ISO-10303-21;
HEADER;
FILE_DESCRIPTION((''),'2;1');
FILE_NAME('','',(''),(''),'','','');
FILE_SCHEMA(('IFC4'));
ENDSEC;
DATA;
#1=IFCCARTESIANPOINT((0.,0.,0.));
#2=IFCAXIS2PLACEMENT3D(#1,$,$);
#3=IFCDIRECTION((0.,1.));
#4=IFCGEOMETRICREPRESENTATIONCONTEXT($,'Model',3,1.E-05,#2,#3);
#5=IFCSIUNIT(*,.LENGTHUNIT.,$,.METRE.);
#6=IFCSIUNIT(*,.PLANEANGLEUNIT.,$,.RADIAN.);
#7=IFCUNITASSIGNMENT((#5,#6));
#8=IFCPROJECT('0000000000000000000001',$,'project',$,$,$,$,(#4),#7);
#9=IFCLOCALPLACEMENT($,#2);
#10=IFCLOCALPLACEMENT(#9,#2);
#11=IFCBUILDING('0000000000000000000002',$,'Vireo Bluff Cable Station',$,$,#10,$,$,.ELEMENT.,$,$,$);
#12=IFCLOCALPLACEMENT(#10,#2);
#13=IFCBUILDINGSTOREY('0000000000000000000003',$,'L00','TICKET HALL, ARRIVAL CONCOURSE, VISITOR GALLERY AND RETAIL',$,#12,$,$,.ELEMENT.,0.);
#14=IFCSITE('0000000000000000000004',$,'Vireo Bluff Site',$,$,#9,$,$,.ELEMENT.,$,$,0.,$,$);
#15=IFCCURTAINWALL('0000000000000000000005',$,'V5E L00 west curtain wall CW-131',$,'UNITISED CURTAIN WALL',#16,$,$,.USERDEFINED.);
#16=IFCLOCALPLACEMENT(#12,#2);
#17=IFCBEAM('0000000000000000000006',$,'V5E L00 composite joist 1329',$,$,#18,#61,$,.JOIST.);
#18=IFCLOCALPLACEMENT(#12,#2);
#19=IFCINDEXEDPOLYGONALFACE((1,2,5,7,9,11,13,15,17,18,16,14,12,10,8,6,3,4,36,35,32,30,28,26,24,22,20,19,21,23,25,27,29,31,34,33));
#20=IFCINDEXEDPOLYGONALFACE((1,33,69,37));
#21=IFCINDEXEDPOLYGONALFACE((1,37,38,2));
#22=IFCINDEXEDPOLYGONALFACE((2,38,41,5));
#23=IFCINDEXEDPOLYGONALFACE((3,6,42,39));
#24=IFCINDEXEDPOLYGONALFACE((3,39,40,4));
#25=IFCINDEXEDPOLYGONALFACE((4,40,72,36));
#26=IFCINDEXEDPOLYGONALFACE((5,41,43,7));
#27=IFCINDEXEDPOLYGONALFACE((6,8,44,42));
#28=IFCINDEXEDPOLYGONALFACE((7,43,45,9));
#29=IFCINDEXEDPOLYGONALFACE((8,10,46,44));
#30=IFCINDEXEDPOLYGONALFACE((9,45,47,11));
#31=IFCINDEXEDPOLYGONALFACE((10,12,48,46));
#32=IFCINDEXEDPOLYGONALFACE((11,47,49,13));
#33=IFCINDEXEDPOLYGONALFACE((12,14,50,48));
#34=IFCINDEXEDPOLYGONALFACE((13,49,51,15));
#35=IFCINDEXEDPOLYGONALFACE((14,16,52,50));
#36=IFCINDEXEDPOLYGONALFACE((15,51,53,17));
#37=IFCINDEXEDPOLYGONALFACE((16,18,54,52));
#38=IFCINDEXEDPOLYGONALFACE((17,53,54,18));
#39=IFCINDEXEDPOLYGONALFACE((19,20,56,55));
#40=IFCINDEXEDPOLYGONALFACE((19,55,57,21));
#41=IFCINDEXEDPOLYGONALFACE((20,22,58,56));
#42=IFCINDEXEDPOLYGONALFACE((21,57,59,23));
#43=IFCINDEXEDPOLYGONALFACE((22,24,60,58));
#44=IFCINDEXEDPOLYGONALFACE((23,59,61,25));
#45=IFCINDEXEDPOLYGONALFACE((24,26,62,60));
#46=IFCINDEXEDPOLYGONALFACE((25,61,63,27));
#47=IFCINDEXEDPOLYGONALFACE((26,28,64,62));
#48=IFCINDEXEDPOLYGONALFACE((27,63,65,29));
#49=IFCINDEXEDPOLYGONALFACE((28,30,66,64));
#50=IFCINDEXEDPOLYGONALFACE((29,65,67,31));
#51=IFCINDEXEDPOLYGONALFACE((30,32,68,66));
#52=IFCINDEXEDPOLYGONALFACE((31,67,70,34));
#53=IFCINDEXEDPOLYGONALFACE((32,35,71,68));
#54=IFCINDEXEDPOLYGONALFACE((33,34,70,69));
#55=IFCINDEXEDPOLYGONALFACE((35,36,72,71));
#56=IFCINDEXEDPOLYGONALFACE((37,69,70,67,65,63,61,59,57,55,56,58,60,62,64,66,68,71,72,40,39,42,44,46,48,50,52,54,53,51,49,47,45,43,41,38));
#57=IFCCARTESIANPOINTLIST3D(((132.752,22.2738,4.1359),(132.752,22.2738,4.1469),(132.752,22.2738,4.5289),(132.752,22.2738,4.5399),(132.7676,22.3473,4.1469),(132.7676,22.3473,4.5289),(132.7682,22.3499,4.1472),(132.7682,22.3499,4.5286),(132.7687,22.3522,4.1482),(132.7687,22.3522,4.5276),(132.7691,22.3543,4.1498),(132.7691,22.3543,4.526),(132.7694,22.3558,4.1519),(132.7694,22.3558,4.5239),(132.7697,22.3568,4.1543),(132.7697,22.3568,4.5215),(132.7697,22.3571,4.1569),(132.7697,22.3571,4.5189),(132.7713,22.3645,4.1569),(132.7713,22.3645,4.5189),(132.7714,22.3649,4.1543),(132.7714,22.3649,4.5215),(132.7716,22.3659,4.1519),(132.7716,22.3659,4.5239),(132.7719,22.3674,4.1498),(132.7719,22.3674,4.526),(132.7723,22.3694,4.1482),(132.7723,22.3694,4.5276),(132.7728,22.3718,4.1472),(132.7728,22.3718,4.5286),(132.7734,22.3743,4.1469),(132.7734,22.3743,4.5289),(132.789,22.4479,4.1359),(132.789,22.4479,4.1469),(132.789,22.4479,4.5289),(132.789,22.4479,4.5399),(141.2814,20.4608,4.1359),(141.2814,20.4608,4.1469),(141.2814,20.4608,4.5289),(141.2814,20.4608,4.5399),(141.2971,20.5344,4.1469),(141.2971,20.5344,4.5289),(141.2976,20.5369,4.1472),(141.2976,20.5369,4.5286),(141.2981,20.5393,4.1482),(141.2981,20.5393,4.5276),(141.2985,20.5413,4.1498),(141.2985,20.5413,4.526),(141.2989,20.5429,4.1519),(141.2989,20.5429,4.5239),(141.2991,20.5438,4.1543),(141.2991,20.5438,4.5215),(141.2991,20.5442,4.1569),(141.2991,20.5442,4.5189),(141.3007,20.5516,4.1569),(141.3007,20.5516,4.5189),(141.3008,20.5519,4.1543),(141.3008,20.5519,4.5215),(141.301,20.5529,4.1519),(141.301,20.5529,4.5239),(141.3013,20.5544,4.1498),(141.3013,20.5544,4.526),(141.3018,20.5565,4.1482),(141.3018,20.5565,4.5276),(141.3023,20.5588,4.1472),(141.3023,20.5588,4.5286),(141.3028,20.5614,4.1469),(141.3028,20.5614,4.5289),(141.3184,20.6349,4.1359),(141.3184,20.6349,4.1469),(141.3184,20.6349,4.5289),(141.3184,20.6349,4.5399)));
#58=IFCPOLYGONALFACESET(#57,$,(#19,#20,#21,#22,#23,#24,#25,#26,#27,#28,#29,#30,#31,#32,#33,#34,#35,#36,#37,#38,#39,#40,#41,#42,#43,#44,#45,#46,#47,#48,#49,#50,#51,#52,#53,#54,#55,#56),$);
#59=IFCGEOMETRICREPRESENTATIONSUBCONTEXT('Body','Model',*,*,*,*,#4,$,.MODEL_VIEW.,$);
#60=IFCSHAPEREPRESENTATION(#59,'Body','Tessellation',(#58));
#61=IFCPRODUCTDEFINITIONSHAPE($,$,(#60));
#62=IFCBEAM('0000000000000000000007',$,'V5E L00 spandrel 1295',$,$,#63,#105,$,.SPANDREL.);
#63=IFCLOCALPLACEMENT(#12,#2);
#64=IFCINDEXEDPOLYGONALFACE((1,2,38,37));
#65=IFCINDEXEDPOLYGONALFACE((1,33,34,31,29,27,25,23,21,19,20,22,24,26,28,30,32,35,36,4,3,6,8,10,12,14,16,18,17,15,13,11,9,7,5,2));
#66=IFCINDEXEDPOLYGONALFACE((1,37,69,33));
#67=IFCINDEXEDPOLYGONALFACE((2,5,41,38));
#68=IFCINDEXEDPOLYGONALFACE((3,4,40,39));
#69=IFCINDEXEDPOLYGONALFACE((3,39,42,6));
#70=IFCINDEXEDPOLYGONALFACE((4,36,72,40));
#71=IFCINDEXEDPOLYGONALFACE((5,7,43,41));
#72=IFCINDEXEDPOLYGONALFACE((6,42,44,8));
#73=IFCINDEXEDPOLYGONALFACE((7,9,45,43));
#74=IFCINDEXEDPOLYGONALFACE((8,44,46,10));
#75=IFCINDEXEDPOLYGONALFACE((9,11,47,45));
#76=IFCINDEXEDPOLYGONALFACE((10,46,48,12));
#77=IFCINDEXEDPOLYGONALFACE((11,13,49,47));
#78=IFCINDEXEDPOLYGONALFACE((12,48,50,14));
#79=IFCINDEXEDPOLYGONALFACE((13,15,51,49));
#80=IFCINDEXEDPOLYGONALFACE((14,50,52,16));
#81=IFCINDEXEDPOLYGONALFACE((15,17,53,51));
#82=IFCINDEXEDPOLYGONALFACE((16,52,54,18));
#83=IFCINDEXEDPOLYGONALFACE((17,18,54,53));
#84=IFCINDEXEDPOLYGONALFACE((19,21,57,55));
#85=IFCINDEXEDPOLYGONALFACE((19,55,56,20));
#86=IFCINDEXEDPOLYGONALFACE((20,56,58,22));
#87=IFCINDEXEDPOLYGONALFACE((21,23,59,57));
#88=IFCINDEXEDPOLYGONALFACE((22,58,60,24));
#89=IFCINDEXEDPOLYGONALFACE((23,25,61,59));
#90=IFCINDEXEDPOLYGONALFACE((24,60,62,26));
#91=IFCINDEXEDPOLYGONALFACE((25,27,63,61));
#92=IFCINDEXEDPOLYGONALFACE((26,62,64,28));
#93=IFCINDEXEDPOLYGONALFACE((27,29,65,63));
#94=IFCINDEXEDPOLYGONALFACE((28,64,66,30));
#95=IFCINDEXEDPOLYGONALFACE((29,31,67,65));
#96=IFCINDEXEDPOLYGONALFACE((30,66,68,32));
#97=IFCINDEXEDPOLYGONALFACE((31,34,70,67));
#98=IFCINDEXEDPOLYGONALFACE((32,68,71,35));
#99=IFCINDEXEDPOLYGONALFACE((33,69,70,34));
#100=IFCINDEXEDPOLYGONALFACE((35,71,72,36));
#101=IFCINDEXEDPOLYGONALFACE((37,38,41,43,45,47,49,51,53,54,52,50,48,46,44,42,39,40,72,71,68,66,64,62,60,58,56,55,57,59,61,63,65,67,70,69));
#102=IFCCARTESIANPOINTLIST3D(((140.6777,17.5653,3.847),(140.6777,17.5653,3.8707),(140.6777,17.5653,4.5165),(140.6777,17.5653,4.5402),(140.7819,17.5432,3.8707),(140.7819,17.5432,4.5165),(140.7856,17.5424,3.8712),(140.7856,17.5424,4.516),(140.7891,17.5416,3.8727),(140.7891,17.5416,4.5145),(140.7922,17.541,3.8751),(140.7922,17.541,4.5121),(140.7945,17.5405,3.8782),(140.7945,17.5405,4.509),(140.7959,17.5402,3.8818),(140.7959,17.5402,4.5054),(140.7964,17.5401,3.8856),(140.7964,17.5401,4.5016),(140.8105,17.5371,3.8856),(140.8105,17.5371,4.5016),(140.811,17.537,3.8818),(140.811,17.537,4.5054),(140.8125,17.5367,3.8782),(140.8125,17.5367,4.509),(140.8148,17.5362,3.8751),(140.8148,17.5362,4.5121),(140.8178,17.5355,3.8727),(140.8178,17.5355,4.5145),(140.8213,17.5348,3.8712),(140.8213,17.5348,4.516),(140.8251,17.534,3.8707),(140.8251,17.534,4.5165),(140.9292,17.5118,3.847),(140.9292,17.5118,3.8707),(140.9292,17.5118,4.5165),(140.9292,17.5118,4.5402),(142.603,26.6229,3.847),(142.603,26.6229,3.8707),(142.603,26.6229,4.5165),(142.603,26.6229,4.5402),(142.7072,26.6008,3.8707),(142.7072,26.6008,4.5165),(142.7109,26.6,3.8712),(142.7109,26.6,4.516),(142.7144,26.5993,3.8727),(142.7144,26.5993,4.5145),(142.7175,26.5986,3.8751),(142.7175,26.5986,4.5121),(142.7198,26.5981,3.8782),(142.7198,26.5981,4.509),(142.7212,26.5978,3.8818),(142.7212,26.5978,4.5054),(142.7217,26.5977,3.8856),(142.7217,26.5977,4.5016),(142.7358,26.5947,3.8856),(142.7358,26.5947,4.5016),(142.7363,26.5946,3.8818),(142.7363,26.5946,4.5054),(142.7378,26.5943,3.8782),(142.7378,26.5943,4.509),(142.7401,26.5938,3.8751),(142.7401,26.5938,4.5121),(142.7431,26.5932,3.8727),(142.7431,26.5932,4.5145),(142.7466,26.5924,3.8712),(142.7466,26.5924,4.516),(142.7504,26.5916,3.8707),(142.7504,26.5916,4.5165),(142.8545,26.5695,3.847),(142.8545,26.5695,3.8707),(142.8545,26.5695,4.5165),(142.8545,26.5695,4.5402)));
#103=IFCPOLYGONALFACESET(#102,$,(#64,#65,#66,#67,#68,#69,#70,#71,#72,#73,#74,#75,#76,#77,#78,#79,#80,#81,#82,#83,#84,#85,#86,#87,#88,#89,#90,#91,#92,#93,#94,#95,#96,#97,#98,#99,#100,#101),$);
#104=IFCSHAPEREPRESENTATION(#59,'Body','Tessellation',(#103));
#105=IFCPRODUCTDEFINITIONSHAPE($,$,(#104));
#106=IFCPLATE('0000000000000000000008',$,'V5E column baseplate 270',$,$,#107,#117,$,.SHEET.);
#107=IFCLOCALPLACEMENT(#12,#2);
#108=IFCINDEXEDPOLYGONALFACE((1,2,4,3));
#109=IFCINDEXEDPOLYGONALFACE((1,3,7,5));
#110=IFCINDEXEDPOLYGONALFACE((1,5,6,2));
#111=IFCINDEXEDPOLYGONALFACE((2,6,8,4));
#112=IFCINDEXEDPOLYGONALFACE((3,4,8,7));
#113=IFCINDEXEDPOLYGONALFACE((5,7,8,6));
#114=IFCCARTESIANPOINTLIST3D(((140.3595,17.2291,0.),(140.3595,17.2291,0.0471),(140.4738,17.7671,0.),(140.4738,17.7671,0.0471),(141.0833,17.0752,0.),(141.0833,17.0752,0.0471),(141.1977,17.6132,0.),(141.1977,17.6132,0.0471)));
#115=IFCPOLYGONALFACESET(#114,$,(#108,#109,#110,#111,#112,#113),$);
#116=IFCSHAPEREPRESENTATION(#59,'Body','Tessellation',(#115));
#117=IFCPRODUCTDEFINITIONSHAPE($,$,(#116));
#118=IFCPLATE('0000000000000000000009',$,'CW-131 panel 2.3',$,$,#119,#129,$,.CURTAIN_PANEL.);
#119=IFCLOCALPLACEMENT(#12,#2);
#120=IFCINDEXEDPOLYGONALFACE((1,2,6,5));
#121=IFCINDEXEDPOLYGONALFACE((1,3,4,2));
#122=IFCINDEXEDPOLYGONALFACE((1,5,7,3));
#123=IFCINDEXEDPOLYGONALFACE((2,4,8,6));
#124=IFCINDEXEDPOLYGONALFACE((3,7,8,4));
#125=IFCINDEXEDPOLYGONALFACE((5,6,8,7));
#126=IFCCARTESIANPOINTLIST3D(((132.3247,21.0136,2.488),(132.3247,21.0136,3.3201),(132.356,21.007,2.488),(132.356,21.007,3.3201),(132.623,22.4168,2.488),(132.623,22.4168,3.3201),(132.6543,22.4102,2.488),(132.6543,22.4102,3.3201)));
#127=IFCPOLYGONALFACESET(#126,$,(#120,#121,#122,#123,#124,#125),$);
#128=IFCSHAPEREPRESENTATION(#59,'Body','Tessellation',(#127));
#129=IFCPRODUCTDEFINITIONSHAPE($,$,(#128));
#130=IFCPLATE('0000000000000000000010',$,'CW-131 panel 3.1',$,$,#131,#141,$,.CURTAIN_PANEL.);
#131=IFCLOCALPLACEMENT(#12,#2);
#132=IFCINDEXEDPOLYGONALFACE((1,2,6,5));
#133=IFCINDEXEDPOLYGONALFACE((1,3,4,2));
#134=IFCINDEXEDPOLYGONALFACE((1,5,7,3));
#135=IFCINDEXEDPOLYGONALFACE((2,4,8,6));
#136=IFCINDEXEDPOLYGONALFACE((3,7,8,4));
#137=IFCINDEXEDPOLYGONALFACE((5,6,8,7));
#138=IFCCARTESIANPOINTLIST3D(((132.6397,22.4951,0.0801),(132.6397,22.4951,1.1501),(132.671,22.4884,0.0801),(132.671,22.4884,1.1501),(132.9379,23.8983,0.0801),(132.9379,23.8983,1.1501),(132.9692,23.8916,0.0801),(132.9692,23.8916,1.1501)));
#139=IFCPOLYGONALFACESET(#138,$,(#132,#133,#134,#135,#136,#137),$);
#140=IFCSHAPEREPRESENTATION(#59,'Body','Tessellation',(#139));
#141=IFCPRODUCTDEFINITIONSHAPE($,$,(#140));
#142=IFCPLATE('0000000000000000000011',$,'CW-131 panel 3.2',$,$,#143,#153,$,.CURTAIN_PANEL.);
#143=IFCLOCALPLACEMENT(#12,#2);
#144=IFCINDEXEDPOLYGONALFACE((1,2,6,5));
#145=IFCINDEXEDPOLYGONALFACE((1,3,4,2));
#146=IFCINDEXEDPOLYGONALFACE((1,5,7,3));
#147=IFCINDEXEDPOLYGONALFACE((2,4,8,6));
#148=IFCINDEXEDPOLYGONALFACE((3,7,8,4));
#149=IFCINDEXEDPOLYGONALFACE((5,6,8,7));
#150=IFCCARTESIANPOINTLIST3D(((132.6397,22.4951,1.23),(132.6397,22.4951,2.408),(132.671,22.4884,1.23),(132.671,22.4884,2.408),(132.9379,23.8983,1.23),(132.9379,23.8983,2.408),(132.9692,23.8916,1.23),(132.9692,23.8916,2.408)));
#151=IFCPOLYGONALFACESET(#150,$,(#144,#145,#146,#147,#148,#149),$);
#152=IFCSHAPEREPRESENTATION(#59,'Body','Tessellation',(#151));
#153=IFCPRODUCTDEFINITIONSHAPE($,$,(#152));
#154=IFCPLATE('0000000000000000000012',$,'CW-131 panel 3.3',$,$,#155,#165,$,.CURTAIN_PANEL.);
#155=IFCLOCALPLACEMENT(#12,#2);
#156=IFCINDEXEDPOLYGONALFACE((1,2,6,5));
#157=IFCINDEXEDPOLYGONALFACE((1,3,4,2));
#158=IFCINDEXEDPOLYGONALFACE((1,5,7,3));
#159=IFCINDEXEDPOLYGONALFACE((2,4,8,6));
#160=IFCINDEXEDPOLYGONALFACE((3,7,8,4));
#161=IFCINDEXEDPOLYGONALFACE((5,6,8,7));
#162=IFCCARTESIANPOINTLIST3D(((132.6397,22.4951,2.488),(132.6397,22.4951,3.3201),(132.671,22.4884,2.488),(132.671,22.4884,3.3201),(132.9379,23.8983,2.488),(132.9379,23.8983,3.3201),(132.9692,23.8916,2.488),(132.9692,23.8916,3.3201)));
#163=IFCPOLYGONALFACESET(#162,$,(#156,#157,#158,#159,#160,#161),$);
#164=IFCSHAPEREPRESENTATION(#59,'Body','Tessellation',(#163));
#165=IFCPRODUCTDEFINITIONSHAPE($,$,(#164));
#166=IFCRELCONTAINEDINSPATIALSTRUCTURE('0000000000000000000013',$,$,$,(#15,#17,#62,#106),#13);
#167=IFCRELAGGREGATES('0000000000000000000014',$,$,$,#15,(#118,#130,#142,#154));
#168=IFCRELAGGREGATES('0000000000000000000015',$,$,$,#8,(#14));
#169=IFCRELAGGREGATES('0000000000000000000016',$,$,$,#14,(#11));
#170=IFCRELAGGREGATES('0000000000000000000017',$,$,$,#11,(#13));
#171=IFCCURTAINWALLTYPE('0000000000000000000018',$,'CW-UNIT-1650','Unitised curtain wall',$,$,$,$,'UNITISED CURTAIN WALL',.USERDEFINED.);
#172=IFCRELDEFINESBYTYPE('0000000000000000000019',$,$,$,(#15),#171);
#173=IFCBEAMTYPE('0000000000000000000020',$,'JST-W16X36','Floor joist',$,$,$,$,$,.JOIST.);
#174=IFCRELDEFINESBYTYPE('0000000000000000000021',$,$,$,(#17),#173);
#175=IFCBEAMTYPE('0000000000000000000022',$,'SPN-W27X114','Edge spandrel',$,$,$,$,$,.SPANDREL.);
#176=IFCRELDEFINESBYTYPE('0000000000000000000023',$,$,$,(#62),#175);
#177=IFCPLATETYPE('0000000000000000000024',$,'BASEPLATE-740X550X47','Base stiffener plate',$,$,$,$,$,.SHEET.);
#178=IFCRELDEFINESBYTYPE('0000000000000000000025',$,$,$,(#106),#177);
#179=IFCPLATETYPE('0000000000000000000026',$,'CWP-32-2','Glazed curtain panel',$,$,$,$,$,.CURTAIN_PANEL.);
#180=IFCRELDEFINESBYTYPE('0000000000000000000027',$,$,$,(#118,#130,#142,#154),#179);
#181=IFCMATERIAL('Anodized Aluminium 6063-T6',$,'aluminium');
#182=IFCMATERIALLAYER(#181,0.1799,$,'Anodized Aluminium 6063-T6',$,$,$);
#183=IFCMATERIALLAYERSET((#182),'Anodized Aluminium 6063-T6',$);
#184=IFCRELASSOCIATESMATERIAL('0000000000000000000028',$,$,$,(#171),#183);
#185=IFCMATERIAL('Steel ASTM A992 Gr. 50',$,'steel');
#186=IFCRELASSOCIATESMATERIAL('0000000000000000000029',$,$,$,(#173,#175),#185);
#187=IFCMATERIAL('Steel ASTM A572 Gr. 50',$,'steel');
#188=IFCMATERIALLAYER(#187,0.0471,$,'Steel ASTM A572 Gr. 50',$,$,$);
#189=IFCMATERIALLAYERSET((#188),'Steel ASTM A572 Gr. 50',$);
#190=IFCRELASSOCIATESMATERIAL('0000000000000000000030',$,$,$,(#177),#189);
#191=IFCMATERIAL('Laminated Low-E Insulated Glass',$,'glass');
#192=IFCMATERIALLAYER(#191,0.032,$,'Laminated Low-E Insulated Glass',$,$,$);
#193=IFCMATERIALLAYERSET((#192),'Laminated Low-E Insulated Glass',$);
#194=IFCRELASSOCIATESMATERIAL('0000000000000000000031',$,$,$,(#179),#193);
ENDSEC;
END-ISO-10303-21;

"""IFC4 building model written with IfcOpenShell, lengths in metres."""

from ifc_helpers import new_model, si_unit, direction, frame, origin, origin_2d, place, context, subcontext, project, spatial, rectangle, i_section, extrude, material, layer, layer_set, material_profile, profile_set, type_object, element, aggregate, save


model = new_model("IFC4")

# Units and contexts
model_context = context("Model", 3, precision=1e-05, world=origin(), true_north=direction((0.0, 1.0)))
body_context = subcontext(model_context, "Body", "Model", "MODEL_VIEW")
ifc_project = project(units=[si_unit("LENGTHUNIT", "METRE"), si_unit("PLANEANGLEUNIT", "RADIAN")], contexts=[model_context])

# Site, building, storey
site_placement = place(None, origin())
site = spatial("IfcSite", under=ifc_project, at=site_placement, Name="Vireo Bluff Site", CompositionType="ELEMENT", RefElevation=0.0)
building_placement = place(site_placement, origin())
building = spatial("IfcBuilding", under=site, at=building_placement, Name="Vireo Bluff Cable Station", CompositionType="ELEMENT")
storey_placement = place(building_placement, origin())
storey = spatial("IfcBuildingStorey", under=building, at=storey_placement, Name="L00", Description="TICKET HALL, ARRIVAL CONCOURSE, VISITOR GALLERY AND RETAIL", CompositionType="ELEMENT", Elevation=0.0)

# Shared definitions
ifc_material_1 = material(Name="Steel ASTM A992 Gr. 50", Category="steel")

# Curtain wall
ifc_material_2 = material(Name="Anodized Aluminium 6063-T6", Category="aluminium")
ifc_layer_1 = layer(ifc_material_2, 0.1799, Name="Anodized Aluminium 6063-T6")
ifc_layer_set_1 = layer_set([ifc_layer_1], Name="Anodized Aluminium 6063-T6")
curtain_wall_type = type_object("IfcCurtainWallType", Name="CW-UNIT-1650", Description="Unitised curtain wall", ElementType="UNITISED CURTAIN WALL", PredefinedType="USERDEFINED", material=ifc_layer_set_1)
curtain_wall_placement = place(storey_placement, origin())
curtain_wall = element("IfcCurtainWall", 1, at=curtain_wall_placement, inside=storey, type_object=curtain_wall_type, Name="V5E L00 west curtain wall CW-131", ObjectType="UNITISED CURTAIN WALL", PredefinedType="USERDEFINED")

# Beams
ifc_material_profile_1 = material_profile(ifc_material_1, i_section(OverallWidth=0.178, OverallDepth=0.4041, WebThickness=0.0076, FlangeThickness=0.011, FilletRadius=0.01, at=origin_2d()), Name="W16X36")
ifc_profile_set_1 = profile_set([ifc_material_profile_1], Name="Steel ASTM A992 Gr. 50")
beam_type_1 = type_object("IfcBeamType", Name="JST-W16X36", Description="Floor joist", PredefinedType="JOIST", material=ifc_profile_set_1)
beam_1_placement = place(storey_placement, frame((132.7705, 22.3608, 4.3379), z_axis=(0.978148, -0.207909, 0.0), x_axis=(0.207909, 0.978148, 0.0)))
element("IfcBeam", 2, at=beam_1_placement, inside=storey, type_object=beam_type_1, Name="V5E L00 composite joist 1329", PredefinedType="JOIST", context=body_context, shape_type="SweptSolid", body=[
    extrude(i_section(OverallWidth=0.178, OverallDepth=0.4041, WebThickness=0.0076, FlangeThickness=0.011, FilletRadius=0.01, at=origin_2d()), origin(), (0.0, 0.0, 1.0), 8.72),
])
ifc_material_profile_2 = material_profile(ifc_material_1, i_section(OverallWidth=0.2571, OverallDepth=0.6931, WebThickness=0.0144, FlangeThickness=0.0237, FilletRadius=0.0149, at=origin_2d()), Name="W27X114")
ifc_profile_set_2 = profile_set([ifc_material_profile_2], Name="Steel ASTM A992 Gr. 50")
beam_type_2 = type_object("IfcBeamType", Name="SPN-W27X114", Description="Edge spandrel", PredefinedType="SPANDREL", material=ifc_profile_set_2)
beam_2_placement = place(storey_placement, frame((140.8035, 17.5386, 4.1936), z_axis=(0.207916, 0.978147, 0.0), x_axis=(-0.978147, 0.207916, 0.0)))
element("IfcBeam", 3, at=beam_2_placement, inside=storey, type_object=beam_type_2, Name="V5E L00 spandrel 1295", PredefinedType="SPANDREL", context=body_context, shape_type="SweptSolid", body=[
    extrude(i_section(OverallWidth=0.2571, OverallDepth=0.6931, WebThickness=0.0144, FlangeThickness=0.0237, FilletRadius=0.0149, at=origin_2d()), origin(), (0.0, 0.0, 1.0), 9.26),
])

# Plates
ifc_material_3 = material(Name="Steel ASTM A572 Gr. 50", Category="steel")
ifc_layer_2 = layer(ifc_material_3, 0.0471, Name="Steel ASTM A572 Gr. 50")
ifc_layer_set_2 = layer_set([ifc_layer_2], Name="Steel ASTM A572 Gr. 50")
plate_type_1 = type_object("IfcPlateType", Name="BASEPLATE-740X550X47", Description="Base stiffener plate", PredefinedType="SHEET", material=ifc_layer_set_2)
plate_1_placement = place(storey_placement, frame((140.7786, 17.4211, 0.0), z_axis=(0.0, 0.0, 1.0), x_axis=(0.978148, -0.207912, 0.0)))
element("IfcPlate", 4, at=plate_1_placement, inside=storey, type_object=plate_type_1, Name="V5E column baseplate 270", PredefinedType="SHEET", context=body_context, shape_type="SweptSolid", body=[
    extrude(rectangle(XDim=0.74, YDim=0.55, at=origin_2d()), origin(), (0.0, 0.0, 1.0), 0.0471),
])
ifc_material_4 = material(Name="Laminated Low-E Insulated Glass", Category="glass")
ifc_layer_3 = layer(ifc_material_4, 0.032, Name="Laminated Low-E Insulated Glass")
ifc_layer_set_3 = layer_set([ifc_layer_3], Name="Laminated Low-E Insulated Glass")
plate_type_2 = type_object("IfcPlateType", Name="CWP-32-2", Description="Glazed curtain panel", PredefinedType="CURTAIN_PANEL", material=ifc_layer_set_3)
plate_2_placement = place(storey_placement, frame((132.4895, 21.7119, 2.488), z_axis=(0.0, 0.0, 1.0), x_axis=(0.207912, 0.978148, 0.0)))
plate_2 = element("IfcPlate", 5, at=plate_2_placement, type_object=plate_type_2, Name="CW-131 panel 2.3", PredefinedType="CURTAIN_PANEL", context=body_context, shape_type="SweptSolid", body=[
    extrude(rectangle(XDim=1.4346, YDim=0.032, at=origin_2d()), origin(), (0.0, 0.0, 1.0), 0.832),
])
plate_3_placement = place(storey_placement, frame((132.8044, 23.1934, 0.0801), z_axis=(0.0, 0.0, 1.0), x_axis=(0.207912, 0.978148, 0.0)))
plate_3 = element("IfcPlate", 6, at=plate_3_placement, type_object=plate_type_2, Name="CW-131 panel 3.1", PredefinedType="CURTAIN_PANEL", context=body_context, shape_type="SweptSolid", body=[
    extrude(rectangle(XDim=1.4346, YDim=0.032, at=origin_2d()), origin(), (0.0, 0.0, 1.0), 1.0701),
])
plate_4_placement = place(storey_placement, frame((132.8044, 23.1934, 1.23), z_axis=(0.0, 0.0, 1.0), x_axis=(0.207912, 0.978148, 0.0)))
plate_4 = element("IfcPlate", 7, at=plate_4_placement, type_object=plate_type_2, Name="CW-131 panel 3.2", PredefinedType="CURTAIN_PANEL", context=body_context, shape_type="SweptSolid", body=[
    extrude(rectangle(XDim=1.4346, YDim=0.032, at=origin_2d()), origin(), (0.0, 0.0, 1.0), 1.178),
])
plate_5_placement = place(storey_placement, frame((132.8044, 23.1934, 2.488), z_axis=(0.0, 0.0, 1.0), x_axis=(0.207912, 0.978148, 0.0)))
plate_5 = element("IfcPlate", 8, at=plate_5_placement, type_object=plate_type_2, Name="CW-131 panel 3.3", PredefinedType="CURTAIN_PANEL", context=body_context, shape_type="SweptSolid", body=[
    extrude(rectangle(XDim=1.4346, YDim=0.032, at=origin_2d()), origin(), (0.0, 0.0, 1.0), 0.832),
])
aggregate(curtain_wall, [plate_2, plate_3, plate_4, plate_5])

save(model, "model.ifc")
